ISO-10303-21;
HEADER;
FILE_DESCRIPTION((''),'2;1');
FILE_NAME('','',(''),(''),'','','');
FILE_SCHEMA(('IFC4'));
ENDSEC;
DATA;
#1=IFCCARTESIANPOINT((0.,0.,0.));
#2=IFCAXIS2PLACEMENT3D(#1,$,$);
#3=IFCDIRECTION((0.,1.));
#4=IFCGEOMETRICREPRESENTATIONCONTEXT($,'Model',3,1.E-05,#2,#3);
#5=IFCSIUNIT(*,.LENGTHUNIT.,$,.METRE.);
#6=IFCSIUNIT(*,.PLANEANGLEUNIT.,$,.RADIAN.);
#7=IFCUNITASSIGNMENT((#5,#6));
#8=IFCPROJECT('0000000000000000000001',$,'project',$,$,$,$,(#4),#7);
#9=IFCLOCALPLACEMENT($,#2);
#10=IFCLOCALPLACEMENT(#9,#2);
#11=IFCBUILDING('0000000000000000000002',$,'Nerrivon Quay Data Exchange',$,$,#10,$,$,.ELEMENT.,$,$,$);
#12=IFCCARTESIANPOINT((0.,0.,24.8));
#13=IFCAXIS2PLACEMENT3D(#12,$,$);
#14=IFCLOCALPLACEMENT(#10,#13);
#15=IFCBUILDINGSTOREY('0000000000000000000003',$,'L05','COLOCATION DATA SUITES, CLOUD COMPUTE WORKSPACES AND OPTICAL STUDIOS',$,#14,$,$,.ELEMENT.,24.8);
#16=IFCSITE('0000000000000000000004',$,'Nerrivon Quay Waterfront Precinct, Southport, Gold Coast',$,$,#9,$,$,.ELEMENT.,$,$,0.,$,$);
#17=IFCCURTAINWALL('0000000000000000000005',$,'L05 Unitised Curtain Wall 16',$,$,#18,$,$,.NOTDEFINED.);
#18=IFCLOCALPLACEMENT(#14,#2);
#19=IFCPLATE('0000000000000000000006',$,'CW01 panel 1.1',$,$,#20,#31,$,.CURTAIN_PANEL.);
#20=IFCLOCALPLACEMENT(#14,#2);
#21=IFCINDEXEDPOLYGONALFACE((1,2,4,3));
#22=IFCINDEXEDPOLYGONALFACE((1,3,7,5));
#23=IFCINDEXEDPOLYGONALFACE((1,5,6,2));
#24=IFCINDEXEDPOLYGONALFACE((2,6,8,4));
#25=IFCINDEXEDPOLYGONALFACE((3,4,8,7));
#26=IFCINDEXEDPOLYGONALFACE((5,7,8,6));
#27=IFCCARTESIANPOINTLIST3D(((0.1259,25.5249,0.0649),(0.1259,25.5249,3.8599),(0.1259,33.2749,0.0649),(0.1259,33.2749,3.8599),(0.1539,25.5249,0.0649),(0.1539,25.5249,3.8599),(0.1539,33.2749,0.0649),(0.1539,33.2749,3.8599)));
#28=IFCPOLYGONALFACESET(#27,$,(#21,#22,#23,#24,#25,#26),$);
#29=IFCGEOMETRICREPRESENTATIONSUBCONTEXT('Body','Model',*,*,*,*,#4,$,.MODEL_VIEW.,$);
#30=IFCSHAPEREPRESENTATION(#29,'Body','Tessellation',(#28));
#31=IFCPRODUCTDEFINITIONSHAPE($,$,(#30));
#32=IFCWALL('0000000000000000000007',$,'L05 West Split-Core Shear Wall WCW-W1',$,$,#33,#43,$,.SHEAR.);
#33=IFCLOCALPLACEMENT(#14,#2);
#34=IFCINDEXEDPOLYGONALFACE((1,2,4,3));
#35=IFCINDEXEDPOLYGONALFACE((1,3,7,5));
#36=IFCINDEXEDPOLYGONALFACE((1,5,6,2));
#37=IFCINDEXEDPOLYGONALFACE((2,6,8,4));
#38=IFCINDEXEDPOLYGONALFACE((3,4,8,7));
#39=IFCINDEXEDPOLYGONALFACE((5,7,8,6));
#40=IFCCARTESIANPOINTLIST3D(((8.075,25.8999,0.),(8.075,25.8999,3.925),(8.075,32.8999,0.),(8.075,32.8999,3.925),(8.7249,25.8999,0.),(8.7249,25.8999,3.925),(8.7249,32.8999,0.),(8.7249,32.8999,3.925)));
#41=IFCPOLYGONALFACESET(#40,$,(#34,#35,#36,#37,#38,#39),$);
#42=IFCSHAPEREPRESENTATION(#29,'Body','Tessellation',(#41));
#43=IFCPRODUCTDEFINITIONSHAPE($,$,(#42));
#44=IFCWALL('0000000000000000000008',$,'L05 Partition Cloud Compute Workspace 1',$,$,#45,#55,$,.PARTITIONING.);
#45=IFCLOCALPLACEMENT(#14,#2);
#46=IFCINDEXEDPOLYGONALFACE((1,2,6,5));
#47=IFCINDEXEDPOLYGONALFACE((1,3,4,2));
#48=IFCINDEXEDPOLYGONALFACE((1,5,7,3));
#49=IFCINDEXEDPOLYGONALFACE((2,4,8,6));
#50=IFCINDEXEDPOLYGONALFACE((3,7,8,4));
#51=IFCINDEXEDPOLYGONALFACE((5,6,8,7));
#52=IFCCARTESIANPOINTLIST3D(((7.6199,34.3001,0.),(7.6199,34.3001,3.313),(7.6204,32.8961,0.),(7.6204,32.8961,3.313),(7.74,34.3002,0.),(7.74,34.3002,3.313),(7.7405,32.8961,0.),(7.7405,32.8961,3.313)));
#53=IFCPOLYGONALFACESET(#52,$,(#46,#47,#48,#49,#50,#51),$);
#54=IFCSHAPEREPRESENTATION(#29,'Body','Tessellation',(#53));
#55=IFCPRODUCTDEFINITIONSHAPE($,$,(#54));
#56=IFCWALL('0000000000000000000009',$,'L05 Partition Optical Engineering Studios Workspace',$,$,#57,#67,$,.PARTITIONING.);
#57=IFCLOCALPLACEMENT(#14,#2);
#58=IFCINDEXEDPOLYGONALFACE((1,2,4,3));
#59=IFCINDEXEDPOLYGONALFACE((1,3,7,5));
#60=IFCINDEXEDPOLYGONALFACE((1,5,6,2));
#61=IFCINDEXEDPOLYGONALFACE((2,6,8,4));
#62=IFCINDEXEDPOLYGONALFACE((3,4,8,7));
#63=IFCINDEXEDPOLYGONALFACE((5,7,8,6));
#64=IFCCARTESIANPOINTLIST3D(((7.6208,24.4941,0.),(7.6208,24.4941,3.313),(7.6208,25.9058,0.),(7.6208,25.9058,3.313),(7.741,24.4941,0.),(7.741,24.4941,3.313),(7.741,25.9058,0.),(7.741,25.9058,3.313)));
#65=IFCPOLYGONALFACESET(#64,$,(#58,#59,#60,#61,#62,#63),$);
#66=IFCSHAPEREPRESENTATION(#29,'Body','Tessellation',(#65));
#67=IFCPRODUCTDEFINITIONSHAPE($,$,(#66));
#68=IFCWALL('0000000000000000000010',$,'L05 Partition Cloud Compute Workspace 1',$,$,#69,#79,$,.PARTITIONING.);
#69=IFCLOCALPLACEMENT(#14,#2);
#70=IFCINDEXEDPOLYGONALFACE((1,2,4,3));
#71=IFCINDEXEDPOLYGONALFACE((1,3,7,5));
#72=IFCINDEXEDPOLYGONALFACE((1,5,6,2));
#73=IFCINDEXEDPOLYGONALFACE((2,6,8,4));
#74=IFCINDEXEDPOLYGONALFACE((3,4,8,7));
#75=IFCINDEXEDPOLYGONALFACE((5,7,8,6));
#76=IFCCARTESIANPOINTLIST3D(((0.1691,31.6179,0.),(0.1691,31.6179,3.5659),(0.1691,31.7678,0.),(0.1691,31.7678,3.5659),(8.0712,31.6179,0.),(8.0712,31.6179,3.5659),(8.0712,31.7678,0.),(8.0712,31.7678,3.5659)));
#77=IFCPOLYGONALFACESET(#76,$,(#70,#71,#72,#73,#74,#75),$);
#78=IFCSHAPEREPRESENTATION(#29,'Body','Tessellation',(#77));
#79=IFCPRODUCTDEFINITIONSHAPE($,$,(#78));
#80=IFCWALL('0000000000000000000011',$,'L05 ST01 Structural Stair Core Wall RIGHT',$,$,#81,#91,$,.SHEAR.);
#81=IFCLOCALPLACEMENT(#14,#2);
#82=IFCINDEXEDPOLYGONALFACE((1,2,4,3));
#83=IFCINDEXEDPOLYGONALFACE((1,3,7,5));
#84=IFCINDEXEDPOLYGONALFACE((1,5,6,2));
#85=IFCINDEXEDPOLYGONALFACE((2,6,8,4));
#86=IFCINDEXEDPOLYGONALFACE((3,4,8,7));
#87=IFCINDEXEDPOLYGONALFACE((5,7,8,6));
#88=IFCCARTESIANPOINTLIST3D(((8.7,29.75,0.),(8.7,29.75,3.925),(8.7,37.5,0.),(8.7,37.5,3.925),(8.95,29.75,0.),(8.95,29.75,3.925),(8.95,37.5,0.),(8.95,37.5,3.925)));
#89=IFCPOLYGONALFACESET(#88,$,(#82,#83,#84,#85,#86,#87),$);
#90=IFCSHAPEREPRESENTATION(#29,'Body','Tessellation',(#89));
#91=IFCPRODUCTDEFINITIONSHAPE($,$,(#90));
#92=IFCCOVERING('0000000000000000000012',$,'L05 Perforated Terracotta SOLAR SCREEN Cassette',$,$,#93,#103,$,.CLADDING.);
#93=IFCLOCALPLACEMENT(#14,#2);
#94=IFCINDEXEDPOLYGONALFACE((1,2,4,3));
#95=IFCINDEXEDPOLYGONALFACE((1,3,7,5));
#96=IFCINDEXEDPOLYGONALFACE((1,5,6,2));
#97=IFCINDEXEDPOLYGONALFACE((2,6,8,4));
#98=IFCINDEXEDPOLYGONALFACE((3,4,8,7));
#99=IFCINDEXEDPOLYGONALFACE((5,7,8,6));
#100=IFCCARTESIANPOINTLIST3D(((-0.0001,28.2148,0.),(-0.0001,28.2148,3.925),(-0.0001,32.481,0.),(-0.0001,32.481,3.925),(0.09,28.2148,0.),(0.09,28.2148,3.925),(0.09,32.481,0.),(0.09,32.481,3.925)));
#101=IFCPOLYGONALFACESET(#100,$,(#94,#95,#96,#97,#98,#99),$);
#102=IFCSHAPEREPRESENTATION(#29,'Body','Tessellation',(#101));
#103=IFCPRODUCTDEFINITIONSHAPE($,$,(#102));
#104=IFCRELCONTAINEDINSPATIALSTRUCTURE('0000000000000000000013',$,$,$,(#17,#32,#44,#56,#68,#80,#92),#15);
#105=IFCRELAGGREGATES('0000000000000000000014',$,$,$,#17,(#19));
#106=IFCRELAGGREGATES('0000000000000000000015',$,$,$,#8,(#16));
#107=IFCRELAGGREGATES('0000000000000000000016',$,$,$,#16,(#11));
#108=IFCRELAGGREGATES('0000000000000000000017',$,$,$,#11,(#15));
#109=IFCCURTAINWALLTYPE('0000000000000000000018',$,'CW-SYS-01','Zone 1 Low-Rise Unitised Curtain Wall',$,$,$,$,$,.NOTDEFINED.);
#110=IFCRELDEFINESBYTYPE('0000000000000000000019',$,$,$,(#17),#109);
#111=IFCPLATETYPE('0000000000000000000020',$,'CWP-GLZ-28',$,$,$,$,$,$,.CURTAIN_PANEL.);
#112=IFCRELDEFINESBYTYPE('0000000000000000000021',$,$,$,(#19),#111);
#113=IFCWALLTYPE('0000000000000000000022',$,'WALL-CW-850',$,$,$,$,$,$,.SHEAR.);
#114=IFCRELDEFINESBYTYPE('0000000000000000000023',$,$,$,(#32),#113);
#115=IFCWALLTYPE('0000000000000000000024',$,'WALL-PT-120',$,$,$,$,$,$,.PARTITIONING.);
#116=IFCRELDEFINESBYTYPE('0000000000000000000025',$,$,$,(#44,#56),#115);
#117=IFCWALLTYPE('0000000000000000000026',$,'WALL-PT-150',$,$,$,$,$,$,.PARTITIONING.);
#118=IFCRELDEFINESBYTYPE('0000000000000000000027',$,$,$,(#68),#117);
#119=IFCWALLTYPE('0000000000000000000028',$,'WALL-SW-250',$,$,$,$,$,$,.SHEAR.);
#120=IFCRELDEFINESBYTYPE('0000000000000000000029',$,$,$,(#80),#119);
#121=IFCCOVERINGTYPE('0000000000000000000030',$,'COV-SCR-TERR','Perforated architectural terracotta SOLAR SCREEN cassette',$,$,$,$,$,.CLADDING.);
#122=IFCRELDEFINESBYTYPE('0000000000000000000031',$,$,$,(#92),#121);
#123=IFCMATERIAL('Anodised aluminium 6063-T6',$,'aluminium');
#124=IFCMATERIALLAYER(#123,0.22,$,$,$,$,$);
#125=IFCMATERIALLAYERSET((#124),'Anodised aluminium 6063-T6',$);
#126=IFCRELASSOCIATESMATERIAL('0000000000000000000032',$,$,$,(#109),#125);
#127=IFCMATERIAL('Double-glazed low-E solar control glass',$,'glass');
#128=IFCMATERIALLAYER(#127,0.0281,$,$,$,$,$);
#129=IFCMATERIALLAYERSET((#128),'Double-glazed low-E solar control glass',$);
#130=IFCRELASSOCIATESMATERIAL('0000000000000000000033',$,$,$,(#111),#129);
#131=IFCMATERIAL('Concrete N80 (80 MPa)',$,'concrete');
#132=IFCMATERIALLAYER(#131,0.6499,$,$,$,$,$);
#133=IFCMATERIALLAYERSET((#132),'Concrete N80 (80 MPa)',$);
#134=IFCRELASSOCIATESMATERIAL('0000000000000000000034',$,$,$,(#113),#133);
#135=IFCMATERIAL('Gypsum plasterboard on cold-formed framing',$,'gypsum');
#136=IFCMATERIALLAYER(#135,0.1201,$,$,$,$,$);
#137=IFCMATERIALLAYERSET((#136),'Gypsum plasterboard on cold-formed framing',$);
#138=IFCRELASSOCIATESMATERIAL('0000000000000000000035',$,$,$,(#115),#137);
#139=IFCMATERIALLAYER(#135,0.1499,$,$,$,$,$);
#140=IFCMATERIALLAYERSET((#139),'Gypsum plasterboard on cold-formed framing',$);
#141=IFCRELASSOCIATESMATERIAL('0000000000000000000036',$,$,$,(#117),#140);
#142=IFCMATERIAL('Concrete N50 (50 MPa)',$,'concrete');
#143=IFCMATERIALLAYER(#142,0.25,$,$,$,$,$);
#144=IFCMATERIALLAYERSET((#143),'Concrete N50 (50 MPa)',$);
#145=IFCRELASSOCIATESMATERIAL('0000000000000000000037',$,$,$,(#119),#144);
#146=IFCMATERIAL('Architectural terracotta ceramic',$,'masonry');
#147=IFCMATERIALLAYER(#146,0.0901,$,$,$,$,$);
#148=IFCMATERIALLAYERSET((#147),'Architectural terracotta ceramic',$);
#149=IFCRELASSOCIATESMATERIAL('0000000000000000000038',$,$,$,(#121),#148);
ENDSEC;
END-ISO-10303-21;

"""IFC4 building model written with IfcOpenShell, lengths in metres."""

from ifc_helpers import new_model, si_unit, direction, frame, frame_2d, origin, origin_2d, place, context, subcontext, project, spatial, rectangle, extrude, material, layer, layer_set, type_object, element, aggregate, save


model = new_model("IFC4")

# Units and contexts
model_context = context("Model", 3, precision=1e-05, world=origin(), true_north=direction((0.0, 1.0)))
body_context = subcontext(model_context, "Body", "Model", "MODEL_VIEW")
ifc_project = project(units=[si_unit("LENGTHUNIT", "METRE"), si_unit("PLANEANGLEUNIT", "RADIAN")], contexts=[model_context])

# Site, building, storey
site_placement = place(None, origin())
site = spatial("IfcSite", under=ifc_project, at=site_placement, Name="Nerrivon Quay Waterfront Precinct, Southport, Gold Coast", CompositionType="ELEMENT", RefElevation=0.0)
building_placement = place(site_placement, origin())
building = spatial("IfcBuilding", under=site, at=building_placement, Name="Nerrivon Quay Data Exchange", CompositionType="ELEMENT")
storey_placement = place(building_placement, frame((0.0, 0.0, 24.8)))
storey = spatial("IfcBuildingStorey", under=building, at=storey_placement, Name="L05", Description="COLOCATION DATA SUITES, CLOUD COMPUTE WORKSPACES AND OPTICAL STUDIOS", CompositionType="ELEMENT", Elevation=24.8)

# Shared definitions
ifc_material_1 = material(Name="Concrete N80 (80 MPa)", Category="concrete")

# Shared definitions
ifc_material_2 = material(Name="Anodised aluminium 6063-T6", Category="aluminium")
ifc_layer_1 = layer(ifc_material_2, 0.22)
ifc_layer_set_1 = layer_set([ifc_layer_1], Name="Anodised aluminium 6063-T6")
curtain_wall_type = type_object("IfcCurtainWallType", Name="CW-SYS-01", Description="Zone 1 Low-Rise Unitised Curtain Wall", PredefinedType="NOTDEFINED", material=ifc_layer_set_1)

# Curtain wall
curtain_wall_1_placement = place(storey_placement, origin())
curtain_wall_1 = element("IfcCurtainWall", 1, at=curtain_wall_1_placement, inside=storey, type_object=curtain_wall_type, Name="L05 Unitised Curtain Wall 16", PredefinedType="NOTDEFINED")

# Plate
ifc_material_3 = material(Name="Double-glazed low-E solar control glass", Category="glass")
ifc_layer_2 = layer(ifc_material_3, 0.0281)
ifc_layer_set_2 = layer_set([ifc_layer_2], Name="Double-glazed low-E solar control glass")
plate_type = type_object("IfcPlateType", Name="CWP-GLZ-28", PredefinedType="CURTAIN_PANEL", material=ifc_layer_set_2)
plate_placement = place(storey_placement, frame((0.1399, 29.3999, 0.0649), z_axis=(0.0, 0.0, 1.0), x_axis=(0.0, 1.0, 0.0)))
plate = element("IfcPlate", 2, at=plate_placement, type_object=plate_type, Name="CW01 panel 1.1", PredefinedType="CURTAIN_PANEL", context=body_context, shape_type="SweptSolid", body=[
    extrude(rectangle(XDim=7.75, YDim=0.0281, at=origin_2d()), origin(), (0.0, 0.0, 1.0), 3.7949),
])
aggregate(curtain_wall_1, [plate])

# Walls
ifc_layer_3 = layer(ifc_material_1, 0.6499)
ifc_layer_set_3 = layer_set([ifc_layer_3], Name="Concrete N80 (80 MPa)")
wall_type_1 = type_object("IfcWallType", Name="WALL-CW-850", PredefinedType="SHEAR", material=ifc_layer_set_3)
wall_1_placement = place(storey_placement, frame((8.3999, 25.8999, 0.0), z_axis=(0.0, 0.0, 1.0), x_axis=(0.0, 1.0, 0.0)))
element("IfcWall", 3, at=wall_1_placement, inside=storey, type_object=wall_type_1, Name="L05 West Split-Core Shear Wall WCW-W1", PredefinedType="SHEAR", context=body_context, shape_type="SweptSolid", body=[
    extrude(rectangle(XDim=7.0, YDim=0.6499, at=frame_2d((3.5, 0.0))), origin(), (0.0, 0.0, 1.0), 3.925),
])
ifc_material_4 = material(Name="Gypsum plasterboard on cold-formed framing", Category="gypsum")
ifc_layer_4 = layer(ifc_material_4, 0.1201)
ifc_layer_set_4 = layer_set([ifc_layer_4], Name="Gypsum plasterboard on cold-formed framing")
wall_type_2 = type_object("IfcWallType", Name="WALL-PT-120", PredefinedType="PARTITIONING", material=ifc_layer_set_4)
wall_2_placement = place(storey_placement, frame((7.6804, 32.896, 0.0), z_axis=(0.0, 0.0, 1.0), x_axis=(-0.000348, 1.0, 0.0)))
element("IfcWall", 4, at=wall_2_placement, inside=storey, type_object=wall_type_2, Name="L05 Partition Cloud Compute Workspace 1", PredefinedType="PARTITIONING", context=body_context, shape_type="SweptSolid", body=[
    extrude(rectangle(XDim=1.4041, YDim=0.1201, at=frame_2d((0.7021, 0.0))), origin(), (0.0, 0.0, 1.0), 3.313),
])
wall_3_placement = place(storey_placement, frame((7.6809, 24.4941, 0.0), z_axis=(0.0, 0.0, 1.0), x_axis=(0.0, 1.0, 0.0)))
element("IfcWall", 5, at=wall_3_placement, inside=storey, type_object=wall_type_2, Name="L05 Partition Optical Engineering Studios Workspace", PredefinedType="PARTITIONING", context=body_context, shape_type="SweptSolid", body=[
    extrude(rectangle(XDim=1.4116, YDim=0.1201, at=frame_2d((0.7058, 0.0))), origin(), (0.0, 0.0, 1.0), 3.313),
])
ifc_layer_5 = layer(ifc_material_4, 0.1499)
ifc_layer_set_5 = layer_set([ifc_layer_5], Name="Gypsum plasterboard on cold-formed framing")
wall_type_3 = type_object("IfcWallType", Name="WALL-PT-150", PredefinedType="PARTITIONING", material=ifc_layer_set_5)
wall_4_placement = place(storey_placement, frame((0.1689, 31.6929, 0.0), z_axis=(0.0, 0.0, 1.0), x_axis=(1.0, 0.0, 0.0)))
element("IfcWall", 6, at=wall_4_placement, inside=storey, type_object=wall_type_3, Name="L05 Partition Cloud Compute Workspace 1", PredefinedType="PARTITIONING", context=body_context, shape_type="SweptSolid", body=[
    extrude(rectangle(XDim=7.9021, YDim=0.1499, at=frame_2d((3.9512, 0.0))), origin(), (0.0, 0.0, 1.0), 3.5659),
])
ifc_material_5 = material(Name="Concrete N50 (50 MPa)", Category="concrete")
ifc_layer_6 = layer(ifc_material_5, 0.25)
ifc_layer_set_6 = layer_set([ifc_layer_6], Name="Concrete N50 (50 MPa)")
wall_type_4 = type_object("IfcWallType", Name="WALL-SW-250", PredefinedType="SHEAR", material=ifc_layer_set_6)
wall_5_placement = place(storey_placement, frame((8.825, 29.75, 0.0), z_axis=(0.0, 0.0, 1.0), x_axis=(0.0, 1.0, 0.0)))
element("IfcWall", 7, at=wall_5_placement, inside=storey, type_object=wall_type_4, Name="L05 ST01 Structural Stair Core Wall RIGHT", PredefinedType="SHEAR", context=body_context, shape_type="SweptSolid", body=[
    extrude(rectangle(XDim=7.75, YDim=0.25, at=frame_2d((3.875, 0.0))), origin(), (0.0, 0.0, 1.0), 3.925),
])

# Covering
ifc_material_6 = material(Name="Architectural terracotta ceramic", Category="masonry")
ifc_layer_7 = layer(ifc_material_6, 0.0901)
ifc_layer_set_7 = layer_set([ifc_layer_7], Name="Architectural terracotta ceramic")
covering_type = type_object("IfcCoveringType", Name="COV-SCR-TERR", Description="Perforated architectural terracotta SOLAR SCREEN cassette", PredefinedType="CLADDING", material=ifc_layer_set_7)
covering_placement = place(storey_placement, frame((0.0449, 30.3479, 0.0), z_axis=(0.0, 0.0, 1.0), x_axis=(0.0, 1.0, 0.0)))
element("IfcCovering", 8, at=covering_placement, inside=storey, type_object=covering_type, Name="L05 Perforated Terracotta SOLAR SCREEN Cassette", PredefinedType="CLADDING", context=body_context, shape_type="SweptSolid", body=[
    extrude(rectangle(XDim=4.2661, YDim=0.0901, at=origin_2d()), origin(), (0.0, 0.0, 1.0), 3.925),
])

save(model, "model.ifc")
